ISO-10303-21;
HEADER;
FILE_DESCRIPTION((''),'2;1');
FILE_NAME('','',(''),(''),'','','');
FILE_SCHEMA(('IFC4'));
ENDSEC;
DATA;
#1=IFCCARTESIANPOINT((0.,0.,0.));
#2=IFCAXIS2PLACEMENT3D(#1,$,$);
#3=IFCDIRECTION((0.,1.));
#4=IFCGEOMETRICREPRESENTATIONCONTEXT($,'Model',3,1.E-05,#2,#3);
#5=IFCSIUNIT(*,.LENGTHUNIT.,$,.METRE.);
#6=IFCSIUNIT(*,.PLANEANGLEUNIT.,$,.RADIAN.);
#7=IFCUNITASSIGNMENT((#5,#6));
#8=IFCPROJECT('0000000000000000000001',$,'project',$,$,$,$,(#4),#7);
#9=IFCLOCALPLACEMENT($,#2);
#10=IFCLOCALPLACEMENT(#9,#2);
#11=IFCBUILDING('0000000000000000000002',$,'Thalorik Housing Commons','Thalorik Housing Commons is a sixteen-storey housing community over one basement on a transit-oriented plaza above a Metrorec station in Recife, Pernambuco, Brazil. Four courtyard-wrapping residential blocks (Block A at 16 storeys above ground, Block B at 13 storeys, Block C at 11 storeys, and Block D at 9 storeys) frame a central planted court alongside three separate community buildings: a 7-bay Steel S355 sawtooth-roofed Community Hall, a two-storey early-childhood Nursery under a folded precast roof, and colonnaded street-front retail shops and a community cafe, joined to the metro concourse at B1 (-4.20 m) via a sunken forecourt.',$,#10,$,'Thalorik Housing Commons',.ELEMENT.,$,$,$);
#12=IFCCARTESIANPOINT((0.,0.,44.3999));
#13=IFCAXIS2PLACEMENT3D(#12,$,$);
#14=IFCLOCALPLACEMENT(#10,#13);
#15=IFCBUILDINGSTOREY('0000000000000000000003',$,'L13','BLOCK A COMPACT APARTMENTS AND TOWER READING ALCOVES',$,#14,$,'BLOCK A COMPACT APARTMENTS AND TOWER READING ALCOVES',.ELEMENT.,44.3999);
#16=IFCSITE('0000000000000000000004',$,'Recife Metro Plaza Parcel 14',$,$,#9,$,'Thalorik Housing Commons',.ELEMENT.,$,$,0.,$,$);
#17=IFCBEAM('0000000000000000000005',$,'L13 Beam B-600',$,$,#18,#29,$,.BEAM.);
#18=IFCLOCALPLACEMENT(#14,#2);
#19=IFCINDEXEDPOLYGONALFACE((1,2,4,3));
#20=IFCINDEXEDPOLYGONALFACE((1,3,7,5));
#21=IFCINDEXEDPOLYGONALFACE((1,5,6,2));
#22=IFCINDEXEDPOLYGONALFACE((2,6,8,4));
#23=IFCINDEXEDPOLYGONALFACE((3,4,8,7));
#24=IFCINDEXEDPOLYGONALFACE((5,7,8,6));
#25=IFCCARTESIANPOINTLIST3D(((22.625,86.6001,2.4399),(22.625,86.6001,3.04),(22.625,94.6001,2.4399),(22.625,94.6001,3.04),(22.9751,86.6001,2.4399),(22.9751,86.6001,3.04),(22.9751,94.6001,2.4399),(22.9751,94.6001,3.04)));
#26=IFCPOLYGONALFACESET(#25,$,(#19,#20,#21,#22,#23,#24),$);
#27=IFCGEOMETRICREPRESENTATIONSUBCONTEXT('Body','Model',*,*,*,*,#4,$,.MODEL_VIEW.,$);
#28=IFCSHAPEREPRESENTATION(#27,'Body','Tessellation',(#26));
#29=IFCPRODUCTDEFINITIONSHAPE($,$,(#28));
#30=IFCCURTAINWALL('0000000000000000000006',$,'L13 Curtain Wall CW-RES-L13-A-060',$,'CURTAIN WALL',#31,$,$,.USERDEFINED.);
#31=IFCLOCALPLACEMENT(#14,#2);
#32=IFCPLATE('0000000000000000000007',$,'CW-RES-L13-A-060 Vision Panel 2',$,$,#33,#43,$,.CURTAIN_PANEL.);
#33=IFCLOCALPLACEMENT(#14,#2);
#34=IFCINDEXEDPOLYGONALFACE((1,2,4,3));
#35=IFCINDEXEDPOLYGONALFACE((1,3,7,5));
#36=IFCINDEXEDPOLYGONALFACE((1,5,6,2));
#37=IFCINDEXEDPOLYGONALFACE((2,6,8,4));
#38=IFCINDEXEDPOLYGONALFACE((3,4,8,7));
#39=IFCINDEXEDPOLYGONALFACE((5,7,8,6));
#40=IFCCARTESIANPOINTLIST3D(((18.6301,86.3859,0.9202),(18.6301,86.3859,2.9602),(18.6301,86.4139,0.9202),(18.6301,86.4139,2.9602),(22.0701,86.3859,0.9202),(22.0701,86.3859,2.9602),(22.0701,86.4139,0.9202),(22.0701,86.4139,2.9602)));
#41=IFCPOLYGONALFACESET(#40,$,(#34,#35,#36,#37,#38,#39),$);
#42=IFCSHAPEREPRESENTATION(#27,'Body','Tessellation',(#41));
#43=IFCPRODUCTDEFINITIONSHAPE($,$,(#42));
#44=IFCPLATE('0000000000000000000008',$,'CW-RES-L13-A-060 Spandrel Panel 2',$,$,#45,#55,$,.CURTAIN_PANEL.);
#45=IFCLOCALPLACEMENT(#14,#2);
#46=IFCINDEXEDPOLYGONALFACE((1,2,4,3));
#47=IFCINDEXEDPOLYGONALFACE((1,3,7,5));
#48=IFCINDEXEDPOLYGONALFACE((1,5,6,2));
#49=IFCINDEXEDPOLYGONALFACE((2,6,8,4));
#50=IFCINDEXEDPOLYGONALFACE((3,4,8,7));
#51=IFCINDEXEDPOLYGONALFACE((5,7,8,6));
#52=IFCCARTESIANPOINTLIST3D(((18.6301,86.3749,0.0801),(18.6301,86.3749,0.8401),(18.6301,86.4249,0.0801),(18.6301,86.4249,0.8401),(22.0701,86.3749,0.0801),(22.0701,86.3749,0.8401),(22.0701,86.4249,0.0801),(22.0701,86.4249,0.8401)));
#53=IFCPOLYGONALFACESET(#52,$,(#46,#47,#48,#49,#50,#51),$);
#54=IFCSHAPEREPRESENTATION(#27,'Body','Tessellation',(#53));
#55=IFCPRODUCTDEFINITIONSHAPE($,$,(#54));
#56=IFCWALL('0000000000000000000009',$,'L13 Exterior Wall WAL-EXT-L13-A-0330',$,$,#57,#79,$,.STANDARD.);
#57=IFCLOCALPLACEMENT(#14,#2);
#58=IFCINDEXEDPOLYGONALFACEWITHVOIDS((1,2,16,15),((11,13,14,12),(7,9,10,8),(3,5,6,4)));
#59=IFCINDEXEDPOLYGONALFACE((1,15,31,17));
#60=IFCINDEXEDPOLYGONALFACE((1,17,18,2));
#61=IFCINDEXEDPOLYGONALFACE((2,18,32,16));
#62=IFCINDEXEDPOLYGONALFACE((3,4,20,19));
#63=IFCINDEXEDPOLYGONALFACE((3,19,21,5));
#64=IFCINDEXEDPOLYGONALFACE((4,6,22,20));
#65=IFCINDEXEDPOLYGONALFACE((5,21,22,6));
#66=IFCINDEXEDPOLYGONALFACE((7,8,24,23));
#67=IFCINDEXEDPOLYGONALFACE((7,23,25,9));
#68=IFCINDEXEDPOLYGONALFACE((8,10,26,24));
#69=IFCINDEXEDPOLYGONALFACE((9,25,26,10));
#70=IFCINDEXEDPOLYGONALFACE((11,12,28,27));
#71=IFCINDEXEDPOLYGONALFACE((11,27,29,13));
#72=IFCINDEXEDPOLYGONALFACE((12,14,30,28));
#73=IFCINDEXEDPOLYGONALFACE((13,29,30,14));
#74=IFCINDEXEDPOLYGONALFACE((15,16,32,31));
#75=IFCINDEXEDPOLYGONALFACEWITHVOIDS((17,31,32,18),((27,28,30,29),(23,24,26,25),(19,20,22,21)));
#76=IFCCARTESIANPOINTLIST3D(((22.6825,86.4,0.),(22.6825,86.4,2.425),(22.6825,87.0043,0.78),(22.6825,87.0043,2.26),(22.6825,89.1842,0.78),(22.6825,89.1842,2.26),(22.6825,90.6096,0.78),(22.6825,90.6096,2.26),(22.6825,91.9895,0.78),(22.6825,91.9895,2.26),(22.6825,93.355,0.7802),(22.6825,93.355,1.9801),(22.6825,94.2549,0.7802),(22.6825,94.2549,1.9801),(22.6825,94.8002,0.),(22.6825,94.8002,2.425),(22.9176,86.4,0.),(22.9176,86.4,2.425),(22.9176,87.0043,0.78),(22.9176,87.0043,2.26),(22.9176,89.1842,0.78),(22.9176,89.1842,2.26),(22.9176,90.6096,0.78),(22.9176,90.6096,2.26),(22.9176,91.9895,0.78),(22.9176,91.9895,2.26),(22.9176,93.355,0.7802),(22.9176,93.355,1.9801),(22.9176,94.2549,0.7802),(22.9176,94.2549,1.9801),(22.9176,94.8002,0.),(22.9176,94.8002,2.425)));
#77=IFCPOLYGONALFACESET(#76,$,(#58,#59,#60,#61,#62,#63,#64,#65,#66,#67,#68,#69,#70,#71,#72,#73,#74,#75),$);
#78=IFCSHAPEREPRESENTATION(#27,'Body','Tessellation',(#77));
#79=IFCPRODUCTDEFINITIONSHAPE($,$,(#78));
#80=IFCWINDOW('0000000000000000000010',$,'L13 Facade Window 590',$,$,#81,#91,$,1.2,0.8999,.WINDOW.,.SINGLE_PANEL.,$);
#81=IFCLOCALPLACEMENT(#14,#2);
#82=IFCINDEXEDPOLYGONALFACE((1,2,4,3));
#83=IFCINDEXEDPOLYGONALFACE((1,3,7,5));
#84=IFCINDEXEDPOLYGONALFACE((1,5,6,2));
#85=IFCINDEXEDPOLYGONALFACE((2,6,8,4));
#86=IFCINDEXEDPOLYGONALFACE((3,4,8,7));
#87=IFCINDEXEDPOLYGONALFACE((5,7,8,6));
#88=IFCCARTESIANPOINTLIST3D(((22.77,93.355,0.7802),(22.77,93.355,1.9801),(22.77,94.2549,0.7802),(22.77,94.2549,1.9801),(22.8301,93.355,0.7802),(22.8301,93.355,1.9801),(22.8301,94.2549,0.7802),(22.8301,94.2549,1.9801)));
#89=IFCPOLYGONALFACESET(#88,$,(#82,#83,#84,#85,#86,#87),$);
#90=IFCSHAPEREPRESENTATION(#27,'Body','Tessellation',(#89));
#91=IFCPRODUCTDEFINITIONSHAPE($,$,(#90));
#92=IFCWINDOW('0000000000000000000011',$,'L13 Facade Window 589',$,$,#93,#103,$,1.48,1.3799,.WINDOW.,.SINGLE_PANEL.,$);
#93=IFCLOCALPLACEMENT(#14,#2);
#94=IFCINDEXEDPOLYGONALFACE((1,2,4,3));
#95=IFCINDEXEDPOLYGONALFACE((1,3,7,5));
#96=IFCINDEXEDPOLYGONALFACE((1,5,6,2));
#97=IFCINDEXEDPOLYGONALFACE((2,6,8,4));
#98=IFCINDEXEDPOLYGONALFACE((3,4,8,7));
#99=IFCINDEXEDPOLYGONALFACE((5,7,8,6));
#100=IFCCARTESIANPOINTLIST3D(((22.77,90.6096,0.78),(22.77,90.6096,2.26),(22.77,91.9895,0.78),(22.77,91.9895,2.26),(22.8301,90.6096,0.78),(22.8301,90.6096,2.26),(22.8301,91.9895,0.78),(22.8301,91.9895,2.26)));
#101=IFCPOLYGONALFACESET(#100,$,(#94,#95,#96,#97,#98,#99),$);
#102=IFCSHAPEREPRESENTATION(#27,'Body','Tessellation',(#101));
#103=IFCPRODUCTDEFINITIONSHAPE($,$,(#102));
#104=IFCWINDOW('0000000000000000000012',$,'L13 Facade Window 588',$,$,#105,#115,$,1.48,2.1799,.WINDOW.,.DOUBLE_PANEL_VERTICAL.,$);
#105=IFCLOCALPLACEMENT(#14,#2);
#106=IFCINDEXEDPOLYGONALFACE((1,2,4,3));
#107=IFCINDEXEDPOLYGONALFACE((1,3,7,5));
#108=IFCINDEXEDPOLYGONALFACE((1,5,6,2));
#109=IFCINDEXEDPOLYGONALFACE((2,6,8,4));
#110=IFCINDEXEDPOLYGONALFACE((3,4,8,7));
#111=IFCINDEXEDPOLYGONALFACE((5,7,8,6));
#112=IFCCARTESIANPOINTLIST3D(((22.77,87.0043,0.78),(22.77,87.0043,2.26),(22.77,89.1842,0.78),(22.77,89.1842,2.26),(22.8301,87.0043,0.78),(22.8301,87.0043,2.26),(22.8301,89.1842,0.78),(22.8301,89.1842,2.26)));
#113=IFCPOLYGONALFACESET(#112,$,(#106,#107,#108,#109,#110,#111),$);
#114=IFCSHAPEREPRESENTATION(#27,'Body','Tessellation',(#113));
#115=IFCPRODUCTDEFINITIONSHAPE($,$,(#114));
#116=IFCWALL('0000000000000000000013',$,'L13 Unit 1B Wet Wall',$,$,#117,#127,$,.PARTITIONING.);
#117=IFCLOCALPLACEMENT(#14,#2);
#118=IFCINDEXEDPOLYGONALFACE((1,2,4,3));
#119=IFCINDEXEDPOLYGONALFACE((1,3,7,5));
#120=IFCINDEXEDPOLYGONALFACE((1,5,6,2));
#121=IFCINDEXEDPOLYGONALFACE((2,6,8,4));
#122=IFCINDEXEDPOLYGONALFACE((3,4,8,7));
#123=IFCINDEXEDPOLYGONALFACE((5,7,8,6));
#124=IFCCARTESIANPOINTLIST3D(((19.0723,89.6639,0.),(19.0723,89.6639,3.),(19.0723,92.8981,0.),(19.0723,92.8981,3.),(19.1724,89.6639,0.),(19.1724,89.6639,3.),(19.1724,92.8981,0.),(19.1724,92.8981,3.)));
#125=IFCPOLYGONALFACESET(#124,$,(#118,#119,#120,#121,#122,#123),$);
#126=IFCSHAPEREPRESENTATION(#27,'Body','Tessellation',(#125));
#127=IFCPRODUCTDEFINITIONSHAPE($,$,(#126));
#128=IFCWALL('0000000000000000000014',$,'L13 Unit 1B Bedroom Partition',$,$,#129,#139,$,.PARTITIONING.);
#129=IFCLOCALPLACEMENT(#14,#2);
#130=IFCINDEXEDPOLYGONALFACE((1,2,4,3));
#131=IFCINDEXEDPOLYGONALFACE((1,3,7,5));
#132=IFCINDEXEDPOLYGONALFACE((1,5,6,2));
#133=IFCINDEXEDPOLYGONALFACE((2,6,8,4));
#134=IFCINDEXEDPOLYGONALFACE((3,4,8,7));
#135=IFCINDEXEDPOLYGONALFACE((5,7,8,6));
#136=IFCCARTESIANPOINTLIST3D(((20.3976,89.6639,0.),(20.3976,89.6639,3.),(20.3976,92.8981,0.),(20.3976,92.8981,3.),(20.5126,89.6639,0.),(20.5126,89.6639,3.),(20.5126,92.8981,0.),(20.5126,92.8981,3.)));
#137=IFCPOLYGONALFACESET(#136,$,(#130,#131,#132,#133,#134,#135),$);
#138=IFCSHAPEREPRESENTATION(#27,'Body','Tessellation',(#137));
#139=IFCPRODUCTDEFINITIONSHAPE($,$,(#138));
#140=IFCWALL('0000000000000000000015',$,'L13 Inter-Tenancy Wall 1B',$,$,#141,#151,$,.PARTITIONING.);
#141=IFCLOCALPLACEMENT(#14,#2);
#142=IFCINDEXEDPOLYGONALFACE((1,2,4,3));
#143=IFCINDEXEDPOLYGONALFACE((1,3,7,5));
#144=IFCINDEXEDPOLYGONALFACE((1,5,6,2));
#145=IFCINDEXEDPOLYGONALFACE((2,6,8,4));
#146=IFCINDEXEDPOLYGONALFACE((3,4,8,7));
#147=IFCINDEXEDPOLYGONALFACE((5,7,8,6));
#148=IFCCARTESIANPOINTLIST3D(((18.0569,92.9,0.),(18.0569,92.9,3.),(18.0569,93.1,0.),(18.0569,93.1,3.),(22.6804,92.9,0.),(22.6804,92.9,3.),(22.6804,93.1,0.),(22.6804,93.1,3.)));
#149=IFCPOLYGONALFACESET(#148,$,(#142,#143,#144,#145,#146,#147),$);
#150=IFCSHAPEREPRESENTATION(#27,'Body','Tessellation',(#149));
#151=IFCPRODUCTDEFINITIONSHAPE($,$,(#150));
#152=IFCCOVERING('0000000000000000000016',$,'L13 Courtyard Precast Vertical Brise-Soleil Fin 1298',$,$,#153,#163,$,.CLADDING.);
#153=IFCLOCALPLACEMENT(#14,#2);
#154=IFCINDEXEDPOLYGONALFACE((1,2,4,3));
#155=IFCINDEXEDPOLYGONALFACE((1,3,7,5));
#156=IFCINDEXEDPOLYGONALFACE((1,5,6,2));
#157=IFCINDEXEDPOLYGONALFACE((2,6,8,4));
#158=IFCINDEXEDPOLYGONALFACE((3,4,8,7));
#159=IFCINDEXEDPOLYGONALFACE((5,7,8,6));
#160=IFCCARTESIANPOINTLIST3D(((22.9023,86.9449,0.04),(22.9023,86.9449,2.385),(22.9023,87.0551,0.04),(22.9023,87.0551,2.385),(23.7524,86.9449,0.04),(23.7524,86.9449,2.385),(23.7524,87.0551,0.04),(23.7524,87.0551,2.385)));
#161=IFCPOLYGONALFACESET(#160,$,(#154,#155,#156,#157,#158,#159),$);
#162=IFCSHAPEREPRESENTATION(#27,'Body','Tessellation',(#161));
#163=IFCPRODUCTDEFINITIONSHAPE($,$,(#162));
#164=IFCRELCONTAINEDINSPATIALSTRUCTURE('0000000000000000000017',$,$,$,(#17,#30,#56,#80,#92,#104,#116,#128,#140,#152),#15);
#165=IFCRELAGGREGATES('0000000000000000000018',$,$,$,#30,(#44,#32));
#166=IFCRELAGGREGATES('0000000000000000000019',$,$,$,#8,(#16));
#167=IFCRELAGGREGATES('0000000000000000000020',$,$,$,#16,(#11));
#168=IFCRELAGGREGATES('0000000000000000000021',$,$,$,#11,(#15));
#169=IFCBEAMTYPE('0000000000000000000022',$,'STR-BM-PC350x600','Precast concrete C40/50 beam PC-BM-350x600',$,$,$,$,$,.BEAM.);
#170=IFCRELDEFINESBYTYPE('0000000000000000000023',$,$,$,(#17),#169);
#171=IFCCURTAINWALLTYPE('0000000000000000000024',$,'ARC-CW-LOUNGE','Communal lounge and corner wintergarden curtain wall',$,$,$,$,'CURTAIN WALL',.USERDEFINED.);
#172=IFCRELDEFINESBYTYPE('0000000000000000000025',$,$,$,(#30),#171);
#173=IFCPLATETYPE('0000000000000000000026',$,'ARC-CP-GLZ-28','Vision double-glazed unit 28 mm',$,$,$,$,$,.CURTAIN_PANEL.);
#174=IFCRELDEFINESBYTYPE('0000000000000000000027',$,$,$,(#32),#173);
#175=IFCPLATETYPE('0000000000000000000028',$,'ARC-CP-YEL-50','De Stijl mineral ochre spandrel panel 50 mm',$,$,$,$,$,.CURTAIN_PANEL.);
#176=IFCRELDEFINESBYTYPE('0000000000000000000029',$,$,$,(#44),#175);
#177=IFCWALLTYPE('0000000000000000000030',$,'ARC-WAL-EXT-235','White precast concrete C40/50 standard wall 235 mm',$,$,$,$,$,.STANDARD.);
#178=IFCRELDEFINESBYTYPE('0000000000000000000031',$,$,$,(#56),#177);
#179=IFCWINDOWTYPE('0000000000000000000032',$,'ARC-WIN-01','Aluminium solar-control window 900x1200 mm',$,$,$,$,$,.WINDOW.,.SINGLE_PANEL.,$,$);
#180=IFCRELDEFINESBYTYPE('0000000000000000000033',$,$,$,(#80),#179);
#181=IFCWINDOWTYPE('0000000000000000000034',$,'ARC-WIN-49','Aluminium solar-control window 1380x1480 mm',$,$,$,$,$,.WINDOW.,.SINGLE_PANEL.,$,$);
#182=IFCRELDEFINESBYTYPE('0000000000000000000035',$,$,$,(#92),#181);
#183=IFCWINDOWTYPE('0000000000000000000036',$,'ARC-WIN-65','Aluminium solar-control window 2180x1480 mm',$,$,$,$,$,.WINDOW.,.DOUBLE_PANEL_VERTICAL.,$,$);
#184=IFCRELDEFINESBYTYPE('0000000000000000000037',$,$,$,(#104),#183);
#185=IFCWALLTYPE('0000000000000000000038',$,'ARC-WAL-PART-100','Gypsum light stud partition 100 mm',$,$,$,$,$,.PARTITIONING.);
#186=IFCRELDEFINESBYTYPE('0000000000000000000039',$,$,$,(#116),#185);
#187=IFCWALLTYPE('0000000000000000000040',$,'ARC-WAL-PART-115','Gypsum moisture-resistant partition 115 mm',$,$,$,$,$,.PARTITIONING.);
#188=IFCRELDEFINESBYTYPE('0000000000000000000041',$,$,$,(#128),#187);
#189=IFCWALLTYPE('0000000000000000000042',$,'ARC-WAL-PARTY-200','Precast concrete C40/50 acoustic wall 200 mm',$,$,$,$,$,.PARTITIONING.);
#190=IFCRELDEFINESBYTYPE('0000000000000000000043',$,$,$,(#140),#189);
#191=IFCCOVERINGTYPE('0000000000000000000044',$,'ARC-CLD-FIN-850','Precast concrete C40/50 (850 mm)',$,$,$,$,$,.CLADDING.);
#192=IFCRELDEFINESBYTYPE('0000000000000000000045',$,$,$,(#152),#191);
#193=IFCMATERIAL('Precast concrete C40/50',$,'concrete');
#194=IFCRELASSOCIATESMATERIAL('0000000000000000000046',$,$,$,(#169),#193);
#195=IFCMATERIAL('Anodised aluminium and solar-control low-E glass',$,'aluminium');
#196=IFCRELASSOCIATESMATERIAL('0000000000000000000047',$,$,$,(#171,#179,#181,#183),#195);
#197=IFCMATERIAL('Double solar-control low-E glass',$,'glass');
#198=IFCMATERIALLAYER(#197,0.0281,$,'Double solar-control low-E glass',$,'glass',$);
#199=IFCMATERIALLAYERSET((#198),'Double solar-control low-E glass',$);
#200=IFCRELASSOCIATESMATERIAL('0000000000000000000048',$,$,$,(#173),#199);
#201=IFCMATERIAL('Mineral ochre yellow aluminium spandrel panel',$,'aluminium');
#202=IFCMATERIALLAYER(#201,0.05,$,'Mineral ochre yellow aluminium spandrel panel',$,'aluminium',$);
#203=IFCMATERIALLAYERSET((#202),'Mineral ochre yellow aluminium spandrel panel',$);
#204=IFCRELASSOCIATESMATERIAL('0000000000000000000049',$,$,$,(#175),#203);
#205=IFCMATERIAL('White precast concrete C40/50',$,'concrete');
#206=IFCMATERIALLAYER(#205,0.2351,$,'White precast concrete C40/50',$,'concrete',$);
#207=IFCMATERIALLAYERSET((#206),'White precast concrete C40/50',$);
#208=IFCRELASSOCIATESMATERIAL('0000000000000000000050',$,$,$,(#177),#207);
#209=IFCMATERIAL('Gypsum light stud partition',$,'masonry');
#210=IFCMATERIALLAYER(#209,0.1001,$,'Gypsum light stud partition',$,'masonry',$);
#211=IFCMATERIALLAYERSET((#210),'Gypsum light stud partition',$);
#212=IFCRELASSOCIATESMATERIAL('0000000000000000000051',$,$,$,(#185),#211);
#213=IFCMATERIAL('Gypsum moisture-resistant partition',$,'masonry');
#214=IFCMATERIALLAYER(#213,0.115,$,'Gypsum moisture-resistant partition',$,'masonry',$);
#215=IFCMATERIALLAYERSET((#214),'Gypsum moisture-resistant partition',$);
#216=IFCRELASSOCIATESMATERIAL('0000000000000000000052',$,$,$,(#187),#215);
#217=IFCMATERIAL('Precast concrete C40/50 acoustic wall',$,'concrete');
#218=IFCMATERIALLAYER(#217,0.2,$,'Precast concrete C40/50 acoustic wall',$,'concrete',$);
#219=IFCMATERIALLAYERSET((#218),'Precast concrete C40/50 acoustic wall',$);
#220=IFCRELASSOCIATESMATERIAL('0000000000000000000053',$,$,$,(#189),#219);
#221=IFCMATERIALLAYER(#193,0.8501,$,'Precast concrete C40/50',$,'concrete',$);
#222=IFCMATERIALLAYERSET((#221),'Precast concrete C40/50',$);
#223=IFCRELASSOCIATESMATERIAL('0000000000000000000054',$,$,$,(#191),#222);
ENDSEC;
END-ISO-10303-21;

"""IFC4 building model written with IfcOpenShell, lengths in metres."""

from ifc_helpers import new_model, si_unit, direction, frame, frame_2d, origin, origin_2d, place, context, subcontext, project, spatial, rectangle, extrude, material, layer, layer_set, material_profile, profile_set, type_object, element, fill, aggregate, save


model = new_model("IFC4")

# Units and contexts
model_context = context("Model", 3, precision=1e-05, world=origin(), true_north=direction((0.0, 1.0)))
body_context = subcontext(model_context, "Body", "Model", "MODEL_VIEW")
ifc_project = project(units=[si_unit("LENGTHUNIT", "METRE"), si_unit("PLANEANGLEUNIT", "RADIAN")], contexts=[model_context])

# Site, building, storey
site_placement = place(None, origin())
site = spatial("IfcSite", under=ifc_project, at=site_placement, Name="Recife Metro Plaza Parcel 14", LongName="Thalorik Housing Commons", CompositionType="ELEMENT", RefElevation=0.0)
building_placement = place(site_placement, origin())
building = spatial("IfcBuilding", under=site, at=building_placement, Name="Thalorik Housing Commons", Description="Thalorik Housing Commons is a sixteen-storey housing community over one basement on a transit-oriented plaza above a Metrorec station in Recife, Pernambuco, Brazil. Four courtyard-wrapping residential blocks (Block A at 16 storeys above ground, Block B at 13 storeys, Block C at 11 storeys, and Block D at 9 storeys) frame a central planted court alongside three separate community buildings: a 7-bay Steel S355 sawtooth-roofed Community Hall, a two-storey early-childhood Nursery under a folded precast roof, and colonnaded street-front retail shops and a community cafe, joined to the metro concourse at B1 (-4.20 m) via a sunken forecourt.", LongName="Thalorik Housing Commons", CompositionType="ELEMENT")
storey_placement = place(building_placement, frame((0.0, 0.0, 44.3999)))
storey = spatial("IfcBuildingStorey", under=building, at=storey_placement, Name="L13", Description="BLOCK A COMPACT APARTMENTS AND TOWER READING ALCOVES", LongName="BLOCK A COMPACT APARTMENTS AND TOWER READING ALCOVES", CompositionType="ELEMENT", Elevation=44.3999)

# Beam
ifc_material_1 = material(Name="Precast concrete C40/50", Category="concrete")
ifc_material_profile = material_profile(ifc_material_1, rectangle(XDim=0.3501, YDim=0.6001, at=origin_2d()), Name="PC 350x600", Category="concrete")
ifc_profile_set = profile_set([ifc_material_profile], Name="Precast concrete C40/50")
beam_type = type_object("IfcBeamType", Name="STR-BM-PC350x600", Description="Precast concrete C40/50 beam PC-BM-350x600", PredefinedType="BEAM", material=ifc_profile_set)
beam_placement = place(storey_placement, frame((22.8, 86.6001, 2.74), z_axis=(0.0, 1.0, 0.0), x_axis=(-1.0, 0.0, 0.0)))
element("IfcBeam", 1, at=beam_placement, inside=storey, type_object=beam_type, Name="L13 Beam B-600", PredefinedType="BEAM", context=body_context, shape_type="SweptSolid", body=[
    extrude(rectangle(XDim=0.3501, YDim=0.6001, at=origin_2d()), origin(), (0.0, 0.0, 1.0), 8.0),
])

# Curtain wall, plates
ifc_material_2 = material(Name="Anodised aluminium and solar-control low-E glass", Category="aluminium")
curtain_wall_type = type_object("IfcCurtainWallType", Name="ARC-CW-LOUNGE", Description="Communal lounge and corner wintergarden curtain wall", ElementType="CURTAIN WALL", PredefinedType="USERDEFINED", material=ifc_material_2)
curtain_wall_placement = place(storey_placement, origin())
curtain_wall = element("IfcCurtainWall", 2, at=curtain_wall_placement, inside=storey, type_object=curtain_wall_type, Name="L13 Curtain Wall CW-RES-L13-A-060", ObjectType="CURTAIN WALL", PredefinedType="USERDEFINED")
ifc_material_3 = material(Name="Double solar-control low-E glass", Category="glass")
ifc_layer_1 = layer(ifc_material_3, 0.0281, Name="Double solar-control low-E glass", Category="glass")
ifc_layer_set_1 = layer_set([ifc_layer_1], Name="Double solar-control low-E glass")
plate_type_1 = type_object("IfcPlateType", Name="ARC-CP-GLZ-28", Description="Vision double-glazed unit 28 mm", PredefinedType="CURTAIN_PANEL", material=ifc_layer_set_1)
plate_1_placement = place(storey_placement, frame((20.3501, 86.3999, 0.9202), z_axis=(0.0, 0.0, 1.0), x_axis=(1.0, 0.0, 0.0)))
plate_1 = element("IfcPlate", 3, at=plate_1_placement, type_object=plate_type_1, Name="CW-RES-L13-A-060 Vision Panel 2", PredefinedType="CURTAIN_PANEL", context=body_context, shape_type="SweptSolid", body=[
    extrude(rectangle(XDim=3.4399, YDim=0.0281, at=origin_2d()), origin(), (0.0, 0.0, 1.0), 2.04),
])
ifc_material_4 = material(Name="Mineral ochre yellow aluminium spandrel panel", Category="aluminium")
ifc_layer_2 = layer(ifc_material_4, 0.05, Name="Mineral ochre yellow aluminium spandrel panel", Category="aluminium")
ifc_layer_set_2 = layer_set([ifc_layer_2], Name="Mineral ochre yellow aluminium spandrel panel")
plate_type_2 = type_object("IfcPlateType", Name="ARC-CP-YEL-50", Description="De Stijl mineral ochre spandrel panel 50 mm", PredefinedType="CURTAIN_PANEL", material=ifc_layer_set_2)
plate_2_placement = place(storey_placement, frame((20.3501, 86.3999, 0.0801), z_axis=(0.0, 0.0, 1.0), x_axis=(1.0, 0.0, 0.0)))
plate_2 = element("IfcPlate", 4, at=plate_2_placement, type_object=plate_type_2, Name="CW-RES-L13-A-060 Spandrel Panel 2", PredefinedType="CURTAIN_PANEL", context=body_context, shape_type="SweptSolid", body=[
    extrude(rectangle(XDim=3.4399, YDim=0.05, at=origin_2d()), origin(), (0.0, 0.0, 1.0), 0.76),
])
aggregate(curtain_wall, [plate_2, plate_1])

# Wall, openings, windows
ifc_material_5 = material(Name="White precast concrete C40/50", Category="concrete")
ifc_layer_3 = layer(ifc_material_5, 0.2351, Name="White precast concrete C40/50", Category="concrete")
ifc_layer_set_3 = layer_set([ifc_layer_3], Name="White precast concrete C40/50")
wall_type_1 = type_object("IfcWallType", Name="ARC-WAL-EXT-235", Description="White precast concrete C40/50 standard wall 235 mm", PredefinedType="STANDARD", material=ifc_layer_set_3)
wall_1_placement = place(storey_placement, frame((22.8, 86.3999, 0.0), z_axis=(0.0, 0.0, 1.0), x_axis=(0.0, 1.0, 0.0)))
wall_1 = element("IfcWall", 5, at=wall_1_placement, inside=storey, type_object=wall_type_1, Name="L13 Exterior Wall WAL-EXT-L13-A-0330", PredefinedType="STANDARD", context=body_context, shape_type="SweptSolid", body=[
    extrude(rectangle(XDim=8.4001, YDim=0.2351, at=frame_2d((4.2002, 0.0))), origin(), (0.0, 0.0, 1.0), 2.425),
])
opening_1_placement = place(wall_1_placement, frame((0.6045, 0.0, 0.78)))
opening_1 = element("IfcOpeningElement", 6, at=opening_1_placement, cuts=wall_1, PredefinedType="OPENING", context=body_context, shape_type="SweptSolid", body=[
    extrude(rectangle(XDim=2.1799, YDim=1.48, at=frame_2d((1.0898, 0.74))), frame((0.0, 0.1274, 0.0), z_axis=(0.0, -1.0, 0.0), x_axis=(1.0, 0.0, 0.0)), (0.0, 0.0, 1.0), 0.2551),
])
opening_2_placement = place(wall_1_placement, frame((4.2097, 0.0, 0.78)))
opening_2 = element("IfcOpeningElement", 7, at=opening_2_placement, cuts=wall_1, PredefinedType="OPENING", context=body_context, shape_type="SweptSolid", body=[
    extrude(rectangle(XDim=1.3799, YDim=1.48, at=frame_2d((0.6899, 0.74))), frame((0.0, 0.1274, 0.0), z_axis=(0.0, -1.0, 0.0), x_axis=(1.0, 0.0, 0.0)), (0.0, 0.0, 1.0), 0.2551),
])
opening_3_placement = place(wall_1_placement, frame((6.9551, 0.0, 0.78)))
opening_3 = element("IfcOpeningElement", 8, at=opening_3_placement, cuts=wall_1, PredefinedType="OPENING", context=body_context, shape_type="SweptSolid", body=[
    extrude(rectangle(XDim=0.8999, YDim=1.2, at=frame_2d((0.45, 0.6001))), frame((0.0, 0.1274, 0.0), z_axis=(0.0, -1.0, 0.0), x_axis=(1.0, 0.0, 0.0)), (0.0, 0.0, 1.0), 0.2551),
])
window_type_1 = type_object("IfcWindowType", Name="ARC-WIN-01", Description="Aluminium solar-control window 900x1200 mm", PartitioningType="SINGLE_PANEL", PredefinedType="WINDOW", material=ifc_material_2)
window_1_placement = place(opening_3_placement, origin())
window_1 = element("IfcWindow", 9, at=window_1_placement, inside=storey, type_object=window_type_1, Name="L13 Facade Window 590", OverallHeight=1.2, OverallWidth=0.8999, PartitioningType="SINGLE_PANEL", PredefinedType="WINDOW", context=body_context, shape_type="SweptSolid", body=[
    extrude(rectangle(XDim=0.8999, YDim=1.2, at=frame_2d((0.45, 0.6001))), frame((0.0, 0.03, 0.0), z_axis=(0.0, -1.0, 0.0), x_axis=(1.0, 0.0, 0.0)), (0.0, 0.0, 1.0), 0.0601),
])
fill(opening_3, window_1)
window_type_2 = type_object("IfcWindowType", Name="ARC-WIN-49", Description="Aluminium solar-control window 1380x1480 mm", PartitioningType="SINGLE_PANEL", PredefinedType="WINDOW", material=ifc_material_2)
window_2_placement = place(opening_2_placement, origin())
window_2 = element("IfcWindow", 10, at=window_2_placement, inside=storey, type_object=window_type_2, Name="L13 Facade Window 589", OverallHeight=1.48, OverallWidth=1.3799, PartitioningType="SINGLE_PANEL", PredefinedType="WINDOW", context=body_context, shape_type="SweptSolid", body=[
    extrude(rectangle(XDim=1.3799, YDim=1.48, at=frame_2d((0.6899, 0.74))), frame((0.0, 0.03, 0.0), z_axis=(0.0, -1.0, 0.0), x_axis=(1.0, 0.0, 0.0)), (0.0, 0.0, 1.0), 0.0601),
])
fill(opening_2, window_2)
window_type_3 = type_object("IfcWindowType", Name="ARC-WIN-65", Description="Aluminium solar-control window 2180x1480 mm", PartitioningType="DOUBLE_PANEL_VERTICAL", PredefinedType="WINDOW", material=ifc_material_2)
window_3_placement = place(opening_1_placement, origin())
window_3 = element("IfcWindow", 11, at=window_3_placement, inside=storey, type_object=window_type_3, Name="L13 Facade Window 588", OverallHeight=1.48, OverallWidth=2.1799, PartitioningType="DOUBLE_PANEL_VERTICAL", PredefinedType="WINDOW", context=body_context, shape_type="SweptSolid", body=[
    extrude(rectangle(XDim=2.1799, YDim=1.48, at=frame_2d((1.0898, 0.74))), frame((0.0, 0.03, 0.0), z_axis=(0.0, -1.0, 0.0), x_axis=(1.0, 0.0, 0.0)), (0.0, 0.0, 1.0), 0.0601),
])
fill(opening_1, window_3)

# Walls
ifc_material_6 = material(Name="Gypsum light stud partition", Category="masonry")
ifc_layer_4 = layer(ifc_material_6, 0.1001, Name="Gypsum light stud partition", Category="masonry")
ifc_layer_set_4 = layer_set([ifc_layer_4], Name="Gypsum light stud partition")
wall_type_2 = type_object("IfcWallType", Name="ARC-WAL-PART-100", Description="Gypsum light stud partition 100 mm", PredefinedType="PARTITIONING", material=ifc_layer_set_4)
wall_2_placement = place(storey_placement, frame((19.1223, 89.6638, 0.0), z_axis=(0.0, 0.0, 1.0), x_axis=(0.0, 1.0, 0.0)))
element("IfcWall", 12, at=wall_2_placement, inside=storey, type_object=wall_type_2, Name="L13 Unit 1B Wet Wall", PredefinedType="PARTITIONING", context=body_context, shape_type="SweptSolid", body=[
    extrude(rectangle(XDim=3.2341, YDim=0.1001, at=frame_2d((1.6172, 0.0))), origin(), (0.0, 0.0, 1.0), 3.0),
])
ifc_material_7 = material(Name="Gypsum moisture-resistant partition", Category="masonry")
ifc_layer_5 = layer(ifc_material_7, 0.115, Name="Gypsum moisture-resistant partition", Category="masonry")
ifc_layer_set_5 = layer_set([ifc_layer_5], Name="Gypsum moisture-resistant partition")
wall_type_3 = type_object("IfcWallType", Name="ARC-WAL-PART-115", Description="Gypsum moisture-resistant partition 115 mm", PredefinedType="PARTITIONING", material=ifc_layer_set_5)
wall_3_placement = place(storey_placement, frame((20.4551, 89.6638, 0.0), z_axis=(0.0, 0.0, 1.0), x_axis=(0.0, 1.0, 0.0)))
element("IfcWall", 13, at=wall_3_placement, inside=storey, type_object=wall_type_3, Name="L13 Unit 1B Bedroom Partition", PredefinedType="PARTITIONING", context=body_context, shape_type="SweptSolid", body=[
    extrude(rectangle(XDim=3.2341, YDim=0.115, at=frame_2d((1.6172, 0.0))), origin(), (0.0, 0.0, 1.0), 3.0),
])
ifc_material_8 = material(Name="Precast concrete C40/50 acoustic wall", Category="concrete")
ifc_layer_6 = layer(ifc_material_8, 0.2, Name="Precast concrete C40/50 acoustic wall", Category="concrete")
ifc_layer_set_6 = layer_set([ifc_layer_6], Name="Precast concrete C40/50 acoustic wall")
wall_type_4 = type_object("IfcWallType", Name="ARC-WAL-PARTY-200", Description="Precast concrete C40/50 acoustic wall 200 mm", PredefinedType="PARTITIONING", material=ifc_layer_set_6)
wall_4_placement = place(storey_placement, frame((18.0569, 93.0, 0.0), z_axis=(0.0, 0.0, 1.0), x_axis=(1.0, 0.0, 0.0)))
element("IfcWall", 14, at=wall_4_placement, inside=storey, type_object=wall_type_4, Name="L13 Inter-Tenancy Wall 1B", PredefinedType="PARTITIONING", context=body_context, shape_type="SweptSolid", body=[
    extrude(rectangle(XDim=4.6235, YDim=0.2, at=frame_2d((2.3118, 0.0))), origin(), (0.0, 0.0, 1.0), 3.0),
])

# Covering
ifc_layer_7 = layer(ifc_material_1, 0.8501, Name="Precast concrete C40/50", Category="concrete")
ifc_layer_set_7 = layer_set([ifc_layer_7], Name="Precast concrete C40/50")
covering_type_1 = type_object("IfcCoveringType", Name="ARC-CLD-FIN-850", Description="Precast concrete C40/50 (850 mm)", PredefinedType="CLADDING", material=ifc_layer_set_7)
for number, where, z_axis, x_axis, name in (
    (15, (23.3274, 87.0, 0.04), (0.0, 0.0, 1.0), (0.0, 1.0, 0.0), "L13 Courtyard Precast Vertical Brise-Soleil Fin 1298"),
):
    element("IfcCovering", number, at=place(storey_placement, frame(where, z_axis=z_axis, x_axis=x_axis)), inside=storey, type_object=covering_type_1, Name=name, PredefinedType="CLADDING", context=body_context, shape_type="SweptSolid", body=[
        extrude(rectangle(XDim=0.1101, YDim=0.8501, at=origin_2d()), origin(), (0.0, 0.0, 1.0), 2.345),
    ])

save(model, "model.ifc")
